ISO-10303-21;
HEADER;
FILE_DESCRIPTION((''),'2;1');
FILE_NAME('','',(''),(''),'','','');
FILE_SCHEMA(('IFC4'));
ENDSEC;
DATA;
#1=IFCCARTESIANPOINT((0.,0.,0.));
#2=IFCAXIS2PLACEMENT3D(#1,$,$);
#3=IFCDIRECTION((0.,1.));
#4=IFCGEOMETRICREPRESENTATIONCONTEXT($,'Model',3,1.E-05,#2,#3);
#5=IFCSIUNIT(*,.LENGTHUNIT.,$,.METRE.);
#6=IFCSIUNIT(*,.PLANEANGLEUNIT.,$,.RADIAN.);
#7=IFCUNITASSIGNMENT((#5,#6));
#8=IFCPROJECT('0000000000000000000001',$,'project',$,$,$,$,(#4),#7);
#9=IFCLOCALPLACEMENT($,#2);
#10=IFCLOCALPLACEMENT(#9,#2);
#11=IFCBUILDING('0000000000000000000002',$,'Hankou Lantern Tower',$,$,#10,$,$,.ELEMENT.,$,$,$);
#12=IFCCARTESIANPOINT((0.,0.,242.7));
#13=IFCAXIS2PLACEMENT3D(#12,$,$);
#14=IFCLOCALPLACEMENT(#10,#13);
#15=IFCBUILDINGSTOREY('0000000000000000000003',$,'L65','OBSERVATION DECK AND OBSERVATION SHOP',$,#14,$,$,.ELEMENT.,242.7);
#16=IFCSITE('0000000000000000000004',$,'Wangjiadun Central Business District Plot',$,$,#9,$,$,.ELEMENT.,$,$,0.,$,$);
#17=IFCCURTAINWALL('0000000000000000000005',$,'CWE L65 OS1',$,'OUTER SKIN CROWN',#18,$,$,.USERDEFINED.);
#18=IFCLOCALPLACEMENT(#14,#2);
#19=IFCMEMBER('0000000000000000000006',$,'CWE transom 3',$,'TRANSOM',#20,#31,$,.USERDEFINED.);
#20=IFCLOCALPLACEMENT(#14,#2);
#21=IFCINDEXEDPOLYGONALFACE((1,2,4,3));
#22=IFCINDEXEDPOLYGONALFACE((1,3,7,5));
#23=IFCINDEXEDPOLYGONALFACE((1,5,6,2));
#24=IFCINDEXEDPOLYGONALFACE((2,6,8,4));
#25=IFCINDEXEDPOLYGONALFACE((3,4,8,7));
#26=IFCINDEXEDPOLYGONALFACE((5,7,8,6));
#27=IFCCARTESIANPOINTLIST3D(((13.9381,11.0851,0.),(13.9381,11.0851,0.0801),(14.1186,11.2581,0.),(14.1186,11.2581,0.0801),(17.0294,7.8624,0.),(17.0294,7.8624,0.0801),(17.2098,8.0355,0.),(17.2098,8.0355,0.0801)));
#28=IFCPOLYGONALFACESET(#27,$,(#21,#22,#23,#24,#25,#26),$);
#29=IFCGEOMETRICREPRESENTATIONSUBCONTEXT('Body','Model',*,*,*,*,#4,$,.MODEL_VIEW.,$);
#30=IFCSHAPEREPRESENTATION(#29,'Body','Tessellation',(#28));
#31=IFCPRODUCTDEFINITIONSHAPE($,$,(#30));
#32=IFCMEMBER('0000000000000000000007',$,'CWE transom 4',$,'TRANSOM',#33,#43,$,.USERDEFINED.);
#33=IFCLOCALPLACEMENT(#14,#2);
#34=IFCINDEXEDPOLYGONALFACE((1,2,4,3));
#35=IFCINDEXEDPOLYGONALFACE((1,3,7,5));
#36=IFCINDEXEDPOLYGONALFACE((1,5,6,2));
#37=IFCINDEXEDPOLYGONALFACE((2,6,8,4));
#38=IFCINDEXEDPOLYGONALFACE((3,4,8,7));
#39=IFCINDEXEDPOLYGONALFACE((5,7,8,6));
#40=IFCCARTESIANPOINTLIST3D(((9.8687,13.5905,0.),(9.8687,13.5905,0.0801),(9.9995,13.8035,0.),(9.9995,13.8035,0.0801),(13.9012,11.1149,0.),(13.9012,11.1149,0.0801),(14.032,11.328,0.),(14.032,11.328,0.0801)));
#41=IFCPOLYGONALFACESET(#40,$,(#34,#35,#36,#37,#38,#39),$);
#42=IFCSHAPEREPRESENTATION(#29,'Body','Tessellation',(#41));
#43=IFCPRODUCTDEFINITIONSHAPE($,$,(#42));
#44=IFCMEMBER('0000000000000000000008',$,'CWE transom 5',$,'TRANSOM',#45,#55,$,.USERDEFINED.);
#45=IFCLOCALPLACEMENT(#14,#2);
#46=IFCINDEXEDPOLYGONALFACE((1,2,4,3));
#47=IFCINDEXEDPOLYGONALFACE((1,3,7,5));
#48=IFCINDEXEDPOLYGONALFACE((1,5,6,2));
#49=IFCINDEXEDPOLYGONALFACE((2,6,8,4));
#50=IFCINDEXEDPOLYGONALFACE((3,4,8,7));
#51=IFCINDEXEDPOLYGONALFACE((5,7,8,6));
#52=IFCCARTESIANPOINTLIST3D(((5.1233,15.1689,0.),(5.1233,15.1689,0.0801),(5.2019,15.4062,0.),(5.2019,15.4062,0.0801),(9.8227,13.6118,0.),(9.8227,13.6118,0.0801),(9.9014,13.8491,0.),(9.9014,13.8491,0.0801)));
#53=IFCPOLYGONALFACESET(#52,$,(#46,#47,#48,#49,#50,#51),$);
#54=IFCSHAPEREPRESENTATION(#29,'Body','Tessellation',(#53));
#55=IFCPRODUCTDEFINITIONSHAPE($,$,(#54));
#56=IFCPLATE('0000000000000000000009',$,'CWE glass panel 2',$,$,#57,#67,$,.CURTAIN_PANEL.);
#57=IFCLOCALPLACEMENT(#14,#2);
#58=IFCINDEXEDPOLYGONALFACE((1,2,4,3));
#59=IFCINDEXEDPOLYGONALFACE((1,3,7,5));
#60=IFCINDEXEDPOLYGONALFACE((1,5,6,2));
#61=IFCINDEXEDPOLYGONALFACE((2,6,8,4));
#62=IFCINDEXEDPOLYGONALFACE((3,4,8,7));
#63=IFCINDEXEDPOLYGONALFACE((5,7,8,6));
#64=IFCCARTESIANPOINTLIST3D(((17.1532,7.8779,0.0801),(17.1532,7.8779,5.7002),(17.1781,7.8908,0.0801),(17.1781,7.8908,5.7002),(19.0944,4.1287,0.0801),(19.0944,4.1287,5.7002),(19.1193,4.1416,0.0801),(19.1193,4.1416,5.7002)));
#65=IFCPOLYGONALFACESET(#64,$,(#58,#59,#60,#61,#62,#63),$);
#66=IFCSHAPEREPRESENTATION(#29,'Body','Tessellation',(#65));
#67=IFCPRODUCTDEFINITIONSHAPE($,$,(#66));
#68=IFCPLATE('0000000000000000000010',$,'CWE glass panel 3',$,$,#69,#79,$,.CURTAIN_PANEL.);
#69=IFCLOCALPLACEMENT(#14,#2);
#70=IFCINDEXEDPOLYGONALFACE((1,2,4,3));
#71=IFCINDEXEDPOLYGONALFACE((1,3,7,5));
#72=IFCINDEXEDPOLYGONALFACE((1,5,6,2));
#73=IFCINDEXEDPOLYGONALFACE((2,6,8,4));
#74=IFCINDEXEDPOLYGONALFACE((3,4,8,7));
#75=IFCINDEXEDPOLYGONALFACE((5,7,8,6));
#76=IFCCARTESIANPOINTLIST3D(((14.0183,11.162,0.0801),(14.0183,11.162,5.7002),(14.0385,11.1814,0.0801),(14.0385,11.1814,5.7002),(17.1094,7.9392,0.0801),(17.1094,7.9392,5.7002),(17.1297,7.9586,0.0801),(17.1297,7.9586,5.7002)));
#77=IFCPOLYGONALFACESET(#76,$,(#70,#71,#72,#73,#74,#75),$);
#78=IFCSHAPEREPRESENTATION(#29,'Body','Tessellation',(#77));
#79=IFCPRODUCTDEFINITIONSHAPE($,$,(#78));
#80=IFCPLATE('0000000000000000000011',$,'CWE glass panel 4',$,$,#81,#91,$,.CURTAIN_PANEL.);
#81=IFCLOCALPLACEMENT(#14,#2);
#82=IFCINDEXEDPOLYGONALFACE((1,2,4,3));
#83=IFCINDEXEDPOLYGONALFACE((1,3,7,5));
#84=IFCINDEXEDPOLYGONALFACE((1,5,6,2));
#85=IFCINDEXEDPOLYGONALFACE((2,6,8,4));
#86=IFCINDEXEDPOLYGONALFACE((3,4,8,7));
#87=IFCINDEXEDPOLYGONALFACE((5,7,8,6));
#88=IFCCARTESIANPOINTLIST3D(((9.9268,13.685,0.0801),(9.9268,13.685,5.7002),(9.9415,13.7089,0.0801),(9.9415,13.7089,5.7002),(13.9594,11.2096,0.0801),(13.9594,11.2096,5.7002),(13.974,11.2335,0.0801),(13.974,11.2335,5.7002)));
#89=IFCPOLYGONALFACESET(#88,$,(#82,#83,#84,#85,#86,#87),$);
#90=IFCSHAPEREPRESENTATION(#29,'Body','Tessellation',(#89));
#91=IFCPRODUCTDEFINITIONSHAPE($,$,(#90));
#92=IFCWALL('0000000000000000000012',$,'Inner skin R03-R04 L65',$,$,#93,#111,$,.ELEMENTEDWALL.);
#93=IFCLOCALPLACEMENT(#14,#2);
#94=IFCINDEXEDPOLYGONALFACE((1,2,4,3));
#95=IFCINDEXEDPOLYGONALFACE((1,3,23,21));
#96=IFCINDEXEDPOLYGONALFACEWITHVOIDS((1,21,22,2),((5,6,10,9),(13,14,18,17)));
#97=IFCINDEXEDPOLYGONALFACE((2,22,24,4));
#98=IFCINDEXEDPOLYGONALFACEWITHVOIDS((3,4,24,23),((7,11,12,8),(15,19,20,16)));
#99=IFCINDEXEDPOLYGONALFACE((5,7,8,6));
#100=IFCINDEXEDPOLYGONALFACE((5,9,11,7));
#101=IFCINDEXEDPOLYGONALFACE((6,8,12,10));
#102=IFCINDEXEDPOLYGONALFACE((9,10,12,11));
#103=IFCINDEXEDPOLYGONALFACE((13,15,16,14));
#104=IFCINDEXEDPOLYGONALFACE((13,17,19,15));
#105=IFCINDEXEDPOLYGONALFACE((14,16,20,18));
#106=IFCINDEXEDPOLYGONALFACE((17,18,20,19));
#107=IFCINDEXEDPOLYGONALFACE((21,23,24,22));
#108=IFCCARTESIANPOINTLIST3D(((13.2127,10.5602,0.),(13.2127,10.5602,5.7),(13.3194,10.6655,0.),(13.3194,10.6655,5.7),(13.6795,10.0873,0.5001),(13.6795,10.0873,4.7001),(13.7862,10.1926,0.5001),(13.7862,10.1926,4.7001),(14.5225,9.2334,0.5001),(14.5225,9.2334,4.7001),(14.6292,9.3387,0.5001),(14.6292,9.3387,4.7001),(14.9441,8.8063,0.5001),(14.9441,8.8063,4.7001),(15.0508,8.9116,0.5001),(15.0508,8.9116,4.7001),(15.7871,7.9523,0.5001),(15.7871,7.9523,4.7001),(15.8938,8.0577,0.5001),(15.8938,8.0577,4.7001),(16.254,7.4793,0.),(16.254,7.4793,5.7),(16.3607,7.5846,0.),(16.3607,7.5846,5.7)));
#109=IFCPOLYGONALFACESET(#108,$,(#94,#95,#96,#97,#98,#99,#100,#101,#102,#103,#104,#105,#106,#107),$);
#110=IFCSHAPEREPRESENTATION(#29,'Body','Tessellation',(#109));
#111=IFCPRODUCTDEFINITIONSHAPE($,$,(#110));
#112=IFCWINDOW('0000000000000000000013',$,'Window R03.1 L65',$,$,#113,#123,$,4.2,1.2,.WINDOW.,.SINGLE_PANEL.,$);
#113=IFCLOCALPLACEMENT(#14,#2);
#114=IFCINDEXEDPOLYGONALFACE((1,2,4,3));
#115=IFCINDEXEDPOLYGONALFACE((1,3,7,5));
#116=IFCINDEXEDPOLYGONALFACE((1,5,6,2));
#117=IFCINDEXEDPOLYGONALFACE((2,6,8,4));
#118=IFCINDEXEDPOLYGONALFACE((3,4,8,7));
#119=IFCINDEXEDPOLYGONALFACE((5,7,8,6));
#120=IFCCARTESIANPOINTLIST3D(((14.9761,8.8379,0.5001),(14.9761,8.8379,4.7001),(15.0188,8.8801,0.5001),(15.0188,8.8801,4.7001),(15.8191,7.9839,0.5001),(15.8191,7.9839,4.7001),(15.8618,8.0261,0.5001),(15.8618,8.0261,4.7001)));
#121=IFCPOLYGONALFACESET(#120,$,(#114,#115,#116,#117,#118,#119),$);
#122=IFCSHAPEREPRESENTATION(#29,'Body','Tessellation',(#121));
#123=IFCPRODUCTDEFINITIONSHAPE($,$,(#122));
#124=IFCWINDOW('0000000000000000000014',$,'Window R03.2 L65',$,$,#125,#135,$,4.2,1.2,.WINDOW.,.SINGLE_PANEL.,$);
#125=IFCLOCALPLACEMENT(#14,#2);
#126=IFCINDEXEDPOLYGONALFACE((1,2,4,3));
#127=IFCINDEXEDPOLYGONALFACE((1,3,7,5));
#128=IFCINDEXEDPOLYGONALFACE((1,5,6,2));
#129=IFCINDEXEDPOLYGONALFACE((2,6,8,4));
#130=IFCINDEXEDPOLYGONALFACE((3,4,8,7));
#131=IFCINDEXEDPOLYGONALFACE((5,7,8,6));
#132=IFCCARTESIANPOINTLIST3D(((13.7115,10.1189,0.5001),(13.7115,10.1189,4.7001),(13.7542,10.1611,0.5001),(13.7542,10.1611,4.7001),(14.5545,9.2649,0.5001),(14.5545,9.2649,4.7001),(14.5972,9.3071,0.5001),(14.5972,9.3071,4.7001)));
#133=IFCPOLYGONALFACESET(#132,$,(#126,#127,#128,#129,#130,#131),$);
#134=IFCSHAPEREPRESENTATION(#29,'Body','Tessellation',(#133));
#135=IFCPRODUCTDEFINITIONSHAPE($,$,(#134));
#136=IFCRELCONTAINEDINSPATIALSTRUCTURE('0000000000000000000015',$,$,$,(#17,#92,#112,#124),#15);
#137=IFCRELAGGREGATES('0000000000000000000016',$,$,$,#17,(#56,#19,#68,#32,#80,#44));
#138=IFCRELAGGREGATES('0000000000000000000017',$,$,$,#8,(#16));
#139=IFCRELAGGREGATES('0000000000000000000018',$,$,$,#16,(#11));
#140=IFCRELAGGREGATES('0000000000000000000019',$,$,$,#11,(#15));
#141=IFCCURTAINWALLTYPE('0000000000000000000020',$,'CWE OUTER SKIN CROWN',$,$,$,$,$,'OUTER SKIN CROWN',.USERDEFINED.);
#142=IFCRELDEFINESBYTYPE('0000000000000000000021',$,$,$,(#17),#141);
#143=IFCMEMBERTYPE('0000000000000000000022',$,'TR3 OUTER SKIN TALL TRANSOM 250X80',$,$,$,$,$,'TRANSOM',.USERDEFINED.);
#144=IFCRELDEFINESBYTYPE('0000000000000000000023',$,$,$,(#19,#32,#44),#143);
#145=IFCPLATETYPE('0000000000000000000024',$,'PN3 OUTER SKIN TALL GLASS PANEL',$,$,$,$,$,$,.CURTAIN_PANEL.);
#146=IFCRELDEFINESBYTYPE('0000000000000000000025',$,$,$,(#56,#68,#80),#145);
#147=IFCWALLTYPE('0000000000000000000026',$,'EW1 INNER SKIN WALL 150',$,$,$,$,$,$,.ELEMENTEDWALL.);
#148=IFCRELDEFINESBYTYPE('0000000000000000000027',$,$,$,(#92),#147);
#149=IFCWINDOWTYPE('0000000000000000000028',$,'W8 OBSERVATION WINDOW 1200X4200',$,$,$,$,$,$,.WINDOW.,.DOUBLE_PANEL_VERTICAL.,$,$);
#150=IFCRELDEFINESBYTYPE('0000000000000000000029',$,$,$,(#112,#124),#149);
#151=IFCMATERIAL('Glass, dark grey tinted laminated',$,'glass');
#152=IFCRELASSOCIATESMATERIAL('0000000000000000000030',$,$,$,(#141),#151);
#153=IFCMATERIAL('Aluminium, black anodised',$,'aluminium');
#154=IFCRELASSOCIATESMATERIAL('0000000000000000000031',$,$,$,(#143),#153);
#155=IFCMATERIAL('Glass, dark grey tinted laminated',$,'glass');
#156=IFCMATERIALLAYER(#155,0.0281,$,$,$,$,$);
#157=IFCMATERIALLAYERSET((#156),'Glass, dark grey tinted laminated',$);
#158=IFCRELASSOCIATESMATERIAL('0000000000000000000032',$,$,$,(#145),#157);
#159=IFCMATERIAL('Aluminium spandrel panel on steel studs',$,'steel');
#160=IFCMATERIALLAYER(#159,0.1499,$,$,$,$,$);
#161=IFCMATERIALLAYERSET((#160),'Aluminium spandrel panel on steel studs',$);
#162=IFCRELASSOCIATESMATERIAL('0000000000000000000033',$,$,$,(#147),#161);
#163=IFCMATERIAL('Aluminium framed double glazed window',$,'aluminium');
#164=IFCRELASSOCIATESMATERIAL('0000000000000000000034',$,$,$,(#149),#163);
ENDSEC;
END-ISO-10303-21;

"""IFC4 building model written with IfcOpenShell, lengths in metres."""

from ifc_helpers import new_model, si_unit, direction, frame, frame_2d, origin, origin_2d, place, context, subcontext, project, spatial, rectangle, extrude, material, layer, layer_set, material_profile, profile_set, type_object, element, fill, aggregate, save


model = new_model("IFC4")

# Units and contexts
model_context = context("Model", 3, precision=1e-05, world=origin(), true_north=direction((0.0, 1.0)))
body_context = subcontext(model_context, "Body", "Model", "MODEL_VIEW")
ifc_project = project(units=[si_unit("LENGTHUNIT", "METRE"), si_unit("PLANEANGLEUNIT", "RADIAN")], contexts=[model_context])

# Site, building, storey
site_placement = place(None, origin())
site = spatial("IfcSite", under=ifc_project, at=site_placement, Name="Wangjiadun Central Business District Plot", CompositionType="ELEMENT", RefElevation=0.0)
building_placement = place(site_placement, origin())
building = spatial("IfcBuilding", under=site, at=building_placement, Name="Hankou Lantern Tower", CompositionType="ELEMENT")
storey_placement = place(building_placement, frame((0.0, 0.0, 242.7)))
storey = spatial("IfcBuildingStorey", under=building, at=storey_placement, Name="L65", Description="OBSERVATION DECK AND OBSERVATION SHOP", CompositionType="ELEMENT", Elevation=242.7)

# Curtain wall
ifc_material_1 = material(Name="Glass, dark grey tinted laminated", Category="glass")
curtain_wall_type = type_object("IfcCurtainWallType", Name="CWE OUTER SKIN CROWN", ElementType="OUTER SKIN CROWN", PredefinedType="USERDEFINED", material=ifc_material_1)
curtain_wall_placement = place(storey_placement, origin())
curtain_wall = element("IfcCurtainWall", 1, at=curtain_wall_placement, inside=storey, type_object=curtain_wall_type, Name="CWE L65 OS1", ObjectType="OUTER SKIN CROWN", PredefinedType="USERDEFINED")

# Members
ifc_material_2 = material(Name="Aluminium, black anodised", Category="aluminium")
ifc_material_profile_1 = material_profile(ifc_material_2, rectangle(XDim=0.25, YDim=0.0801, at=origin_2d()), Name="TR3 250X80")
ifc_profile_set_1 = profile_set([ifc_material_profile_1], Name="Aluminium, black anodised")
member_type_1 = type_object("IfcMemberType", Name="TR3 OUTER SKIN TALL TRANSOM 250X80", ElementType="TRANSOM", PredefinedType="USERDEFINED", material=ifc_profile_set_1)
member_1_placement = place(storey_placement, frame((17.1196, 7.949, 0.04), z_axis=(-0.692247, 0.72166, 0.0), x_axis=(-0.72166, -0.692247, 0.0)))
member_1 = element("IfcMember", 2, at=member_1_placement, type_object=member_type_1, Name="CWE transom 3", ObjectType="TRANSOM", PredefinedType="USERDEFINED", context=body_context, shape_type="SweptSolid", body=[
    extrude(rectangle(XDim=0.25, YDim=0.0801, at=origin_2d()), origin(), (0.0, 0.0, 1.0), 4.4656),
])
member_2_placement = place(storey_placement, frame((13.9666, 11.2214, 0.04), z_axis=(-0.852218, 0.523187, 0.0), x_axis=(-0.523187, -0.852218, 0.0)))
member_2 = element("IfcMember", 3, at=member_2_placement, type_object=member_type_1, Name="CWE transom 4", ObjectType="TRANSOM", PredefinedType="USERDEFINED", context=body_context, shape_type="SweptSolid", body=[
    extrude(rectangle(XDim=0.25, YDim=0.0801, at=origin_2d()), origin(), (0.0, 0.0, 1.0), 4.7317),
])
member_3_placement = place(storey_placement, frame((9.8621, 13.7305, 0.04), z_axis=(-0.949249, 0.314526, 0.0), x_axis=(-0.314526, -0.949249, 0.0)))
member_3 = element("IfcMember", 4, at=member_3_placement, type_object=member_type_1, Name="CWE transom 5", ObjectType="TRANSOM", PredefinedType="USERDEFINED", context=body_context, shape_type="SweptSolid", body=[
    extrude(rectangle(XDim=0.25, YDim=0.0801, at=origin_2d()), origin(), (0.0, 0.0, 1.0), 4.9507),
])

# Plates
ifc_material_3 = material(Name="Glass, dark grey tinted laminated", Category="glass")
ifc_layer_1 = layer(ifc_material_3, 0.0281)
ifc_layer_set_1 = layer_set([ifc_layer_1], Name="Glass, dark grey tinted laminated")
plate_type = type_object("IfcPlateType", Name="PN3 OUTER SKIN TALL GLASS PANEL", PredefinedType="CURTAIN_PANEL", material=ifc_layer_set_1)
plate_1_placement = place(storey_placement, frame((18.1362, 6.0098, 0.0801), z_axis=(0.0, 0.0, 1.0), x_axis=(-0.459791, 0.888027, 0.0)))
plate_1 = element("IfcPlate", 5, at=plate_1_placement, type_object=plate_type, Name="CWE glass panel 2", PredefinedType="CURTAIN_PANEL", context=body_context, shape_type="SweptSolid", body=[
    extrude(rectangle(XDim=4.2219, YDim=0.0281, at=origin_2d()), origin(), (0.0, 0.0, 1.0), 5.6201),
])
plate_2_placement = place(storey_placement, frame((15.574, 9.5603, 0.0801), z_axis=(0.0, 0.0, 1.0), x_axis=(-0.692216, 0.721691, 0.0)))
plate_2 = element("IfcPlate", 6, at=plate_2_placement, type_object=plate_type, Name="CWE glass panel 3", PredefinedType="CURTAIN_PANEL", context=body_context, shape_type="SweptSolid", body=[
    extrude(rectangle(XDim=4.4656, YDim=0.0281, at=origin_2d()), origin(), (0.0, 0.0, 1.0), 5.6201),
])
plate_3_placement = place(storey_placement, frame((11.9504, 12.4592, 0.0801), z_axis=(0.0, 0.0, 1.0), x_axis=(-0.852237, 0.523156, 0.0)))
plate_3 = element("IfcPlate", 7, at=plate_3_placement, type_object=plate_type, Name="CWE glass panel 4", PredefinedType="CURTAIN_PANEL", context=body_context, shape_type="SweptSolid", body=[
    extrude(rectangle(XDim=4.7317, YDim=0.0281, at=origin_2d()), origin(), (0.0, 0.0, 1.0), 5.6201),
])
aggregate(curtain_wall, [plate_1, member_1, plate_2, member_2, plate_3, member_3])

# Wall, openings, windows
ifc_material_4 = material(Name="Aluminium spandrel panel on steel studs", Category="steel")
ifc_layer_2 = layer(ifc_material_4, 0.1499)
ifc_layer_set_2 = layer_set([ifc_layer_2], Name="Aluminium spandrel panel on steel studs")
wall_type = type_object("IfcWallType", Name="EW1 INNER SKIN WALL 150", PredefinedType="ELEMENTEDWALL", material=ifc_layer_set_2)
wall_1_placement = place(storey_placement, frame((16.3074, 7.532, 0.0), z_axis=(0.0, 0.0, 1.0), x_axis=(-0.702524, 0.71166, 0.0)))
wall_1 = element("IfcWall", 8, at=wall_1_placement, inside=storey, type_object=wall_type, Name="Inner skin R03-R04 L65", PredefinedType="ELEMENTEDWALL", context=body_context, shape_type="SweptSolid", body=[
    extrude(rectangle(XDim=4.3291, YDim=0.1499, at=frame_2d((2.1646, 0.0))), origin(), (0.0, 0.0, 1.0), 5.7),
])
opening_1_placement = place(wall_1_placement, frame((0.6646, 0.0, 0.5)))
opening_1 = element("IfcOpeningElement", 9, at=opening_1_placement, cuts=wall_1, PredefinedType="OPENING", context=body_context, shape_type="SweptSolid", body=[
    extrude(rectangle(XDim=1.2, YDim=4.2, at=frame_2d((0.6001, 2.1001))), frame((0.0, 0.085, 0.0), z_axis=(0.0, -1.0, 0.0), x_axis=(1.0, 0.0, 0.0)), (0.0, 0.0, 1.0), 0.1699),
])
opening_2_placement = place(wall_1_placement, frame((2.4646, 0.0, 0.5)))
opening_2 = element("IfcOpeningElement", 10, at=opening_2_placement, cuts=wall_1, PredefinedType="OPENING", context=body_context, shape_type="SweptSolid", body=[
    extrude(rectangle(XDim=1.2, YDim=4.2, at=frame_2d((0.6001, 2.1001))), frame((0.0, 0.085, 0.0), z_axis=(0.0, -1.0, 0.0), x_axis=(1.0, 0.0, 0.0)), (0.0, 0.0, 1.0), 0.1699),
])
ifc_material_5 = material(Name="Aluminium framed double glazed window", Category="aluminium")
window_type = type_object("IfcWindowType", Name="W8 OBSERVATION WINDOW 1200X4200", PartitioningType="DOUBLE_PANEL_VERTICAL", PredefinedType="WINDOW", material=ifc_material_5)
window_1_placement = place(opening_1_placement, origin())
window_1 = element("IfcWindow", 11, at=window_1_placement, inside=storey, type_object=window_type, Name="Window R03.1 L65", OverallHeight=4.2, OverallWidth=1.2, PartitioningType="SINGLE_PANEL", PredefinedType="WINDOW", context=body_context, shape_type="SweptSolid", body=[
    extrude(rectangle(XDim=1.2, YDim=4.2, at=frame_2d((0.6001, 2.1001))), frame((0.0, 0.03, 0.0), z_axis=(0.0, -1.0, 0.0), x_axis=(1.0, 0.0, 0.0)), (0.0, 0.0, 1.0), 0.0601),
])
fill(opening_1, window_1)
window_2_placement = place(opening_2_placement, origin())
window_2 = element("IfcWindow", 12, at=window_2_placement, inside=storey, type_object=window_type, Name="Window R03.2 L65", OverallHeight=4.2, OverallWidth=1.2, PartitioningType="SINGLE_PANEL", PredefinedType="WINDOW", context=body_context, shape_type="SweptSolid", body=[
    extrude(rectangle(XDim=1.2, YDim=4.2, at=frame_2d((0.6001, 2.1001))), frame((0.0, 0.03, 0.0), z_axis=(0.0, -1.0, 0.0), x_axis=(1.0, 0.0, 0.0)), (0.0, 0.0, 1.0), 0.0601),
])
fill(opening_2, window_2)

save(model, "model.ifc")
